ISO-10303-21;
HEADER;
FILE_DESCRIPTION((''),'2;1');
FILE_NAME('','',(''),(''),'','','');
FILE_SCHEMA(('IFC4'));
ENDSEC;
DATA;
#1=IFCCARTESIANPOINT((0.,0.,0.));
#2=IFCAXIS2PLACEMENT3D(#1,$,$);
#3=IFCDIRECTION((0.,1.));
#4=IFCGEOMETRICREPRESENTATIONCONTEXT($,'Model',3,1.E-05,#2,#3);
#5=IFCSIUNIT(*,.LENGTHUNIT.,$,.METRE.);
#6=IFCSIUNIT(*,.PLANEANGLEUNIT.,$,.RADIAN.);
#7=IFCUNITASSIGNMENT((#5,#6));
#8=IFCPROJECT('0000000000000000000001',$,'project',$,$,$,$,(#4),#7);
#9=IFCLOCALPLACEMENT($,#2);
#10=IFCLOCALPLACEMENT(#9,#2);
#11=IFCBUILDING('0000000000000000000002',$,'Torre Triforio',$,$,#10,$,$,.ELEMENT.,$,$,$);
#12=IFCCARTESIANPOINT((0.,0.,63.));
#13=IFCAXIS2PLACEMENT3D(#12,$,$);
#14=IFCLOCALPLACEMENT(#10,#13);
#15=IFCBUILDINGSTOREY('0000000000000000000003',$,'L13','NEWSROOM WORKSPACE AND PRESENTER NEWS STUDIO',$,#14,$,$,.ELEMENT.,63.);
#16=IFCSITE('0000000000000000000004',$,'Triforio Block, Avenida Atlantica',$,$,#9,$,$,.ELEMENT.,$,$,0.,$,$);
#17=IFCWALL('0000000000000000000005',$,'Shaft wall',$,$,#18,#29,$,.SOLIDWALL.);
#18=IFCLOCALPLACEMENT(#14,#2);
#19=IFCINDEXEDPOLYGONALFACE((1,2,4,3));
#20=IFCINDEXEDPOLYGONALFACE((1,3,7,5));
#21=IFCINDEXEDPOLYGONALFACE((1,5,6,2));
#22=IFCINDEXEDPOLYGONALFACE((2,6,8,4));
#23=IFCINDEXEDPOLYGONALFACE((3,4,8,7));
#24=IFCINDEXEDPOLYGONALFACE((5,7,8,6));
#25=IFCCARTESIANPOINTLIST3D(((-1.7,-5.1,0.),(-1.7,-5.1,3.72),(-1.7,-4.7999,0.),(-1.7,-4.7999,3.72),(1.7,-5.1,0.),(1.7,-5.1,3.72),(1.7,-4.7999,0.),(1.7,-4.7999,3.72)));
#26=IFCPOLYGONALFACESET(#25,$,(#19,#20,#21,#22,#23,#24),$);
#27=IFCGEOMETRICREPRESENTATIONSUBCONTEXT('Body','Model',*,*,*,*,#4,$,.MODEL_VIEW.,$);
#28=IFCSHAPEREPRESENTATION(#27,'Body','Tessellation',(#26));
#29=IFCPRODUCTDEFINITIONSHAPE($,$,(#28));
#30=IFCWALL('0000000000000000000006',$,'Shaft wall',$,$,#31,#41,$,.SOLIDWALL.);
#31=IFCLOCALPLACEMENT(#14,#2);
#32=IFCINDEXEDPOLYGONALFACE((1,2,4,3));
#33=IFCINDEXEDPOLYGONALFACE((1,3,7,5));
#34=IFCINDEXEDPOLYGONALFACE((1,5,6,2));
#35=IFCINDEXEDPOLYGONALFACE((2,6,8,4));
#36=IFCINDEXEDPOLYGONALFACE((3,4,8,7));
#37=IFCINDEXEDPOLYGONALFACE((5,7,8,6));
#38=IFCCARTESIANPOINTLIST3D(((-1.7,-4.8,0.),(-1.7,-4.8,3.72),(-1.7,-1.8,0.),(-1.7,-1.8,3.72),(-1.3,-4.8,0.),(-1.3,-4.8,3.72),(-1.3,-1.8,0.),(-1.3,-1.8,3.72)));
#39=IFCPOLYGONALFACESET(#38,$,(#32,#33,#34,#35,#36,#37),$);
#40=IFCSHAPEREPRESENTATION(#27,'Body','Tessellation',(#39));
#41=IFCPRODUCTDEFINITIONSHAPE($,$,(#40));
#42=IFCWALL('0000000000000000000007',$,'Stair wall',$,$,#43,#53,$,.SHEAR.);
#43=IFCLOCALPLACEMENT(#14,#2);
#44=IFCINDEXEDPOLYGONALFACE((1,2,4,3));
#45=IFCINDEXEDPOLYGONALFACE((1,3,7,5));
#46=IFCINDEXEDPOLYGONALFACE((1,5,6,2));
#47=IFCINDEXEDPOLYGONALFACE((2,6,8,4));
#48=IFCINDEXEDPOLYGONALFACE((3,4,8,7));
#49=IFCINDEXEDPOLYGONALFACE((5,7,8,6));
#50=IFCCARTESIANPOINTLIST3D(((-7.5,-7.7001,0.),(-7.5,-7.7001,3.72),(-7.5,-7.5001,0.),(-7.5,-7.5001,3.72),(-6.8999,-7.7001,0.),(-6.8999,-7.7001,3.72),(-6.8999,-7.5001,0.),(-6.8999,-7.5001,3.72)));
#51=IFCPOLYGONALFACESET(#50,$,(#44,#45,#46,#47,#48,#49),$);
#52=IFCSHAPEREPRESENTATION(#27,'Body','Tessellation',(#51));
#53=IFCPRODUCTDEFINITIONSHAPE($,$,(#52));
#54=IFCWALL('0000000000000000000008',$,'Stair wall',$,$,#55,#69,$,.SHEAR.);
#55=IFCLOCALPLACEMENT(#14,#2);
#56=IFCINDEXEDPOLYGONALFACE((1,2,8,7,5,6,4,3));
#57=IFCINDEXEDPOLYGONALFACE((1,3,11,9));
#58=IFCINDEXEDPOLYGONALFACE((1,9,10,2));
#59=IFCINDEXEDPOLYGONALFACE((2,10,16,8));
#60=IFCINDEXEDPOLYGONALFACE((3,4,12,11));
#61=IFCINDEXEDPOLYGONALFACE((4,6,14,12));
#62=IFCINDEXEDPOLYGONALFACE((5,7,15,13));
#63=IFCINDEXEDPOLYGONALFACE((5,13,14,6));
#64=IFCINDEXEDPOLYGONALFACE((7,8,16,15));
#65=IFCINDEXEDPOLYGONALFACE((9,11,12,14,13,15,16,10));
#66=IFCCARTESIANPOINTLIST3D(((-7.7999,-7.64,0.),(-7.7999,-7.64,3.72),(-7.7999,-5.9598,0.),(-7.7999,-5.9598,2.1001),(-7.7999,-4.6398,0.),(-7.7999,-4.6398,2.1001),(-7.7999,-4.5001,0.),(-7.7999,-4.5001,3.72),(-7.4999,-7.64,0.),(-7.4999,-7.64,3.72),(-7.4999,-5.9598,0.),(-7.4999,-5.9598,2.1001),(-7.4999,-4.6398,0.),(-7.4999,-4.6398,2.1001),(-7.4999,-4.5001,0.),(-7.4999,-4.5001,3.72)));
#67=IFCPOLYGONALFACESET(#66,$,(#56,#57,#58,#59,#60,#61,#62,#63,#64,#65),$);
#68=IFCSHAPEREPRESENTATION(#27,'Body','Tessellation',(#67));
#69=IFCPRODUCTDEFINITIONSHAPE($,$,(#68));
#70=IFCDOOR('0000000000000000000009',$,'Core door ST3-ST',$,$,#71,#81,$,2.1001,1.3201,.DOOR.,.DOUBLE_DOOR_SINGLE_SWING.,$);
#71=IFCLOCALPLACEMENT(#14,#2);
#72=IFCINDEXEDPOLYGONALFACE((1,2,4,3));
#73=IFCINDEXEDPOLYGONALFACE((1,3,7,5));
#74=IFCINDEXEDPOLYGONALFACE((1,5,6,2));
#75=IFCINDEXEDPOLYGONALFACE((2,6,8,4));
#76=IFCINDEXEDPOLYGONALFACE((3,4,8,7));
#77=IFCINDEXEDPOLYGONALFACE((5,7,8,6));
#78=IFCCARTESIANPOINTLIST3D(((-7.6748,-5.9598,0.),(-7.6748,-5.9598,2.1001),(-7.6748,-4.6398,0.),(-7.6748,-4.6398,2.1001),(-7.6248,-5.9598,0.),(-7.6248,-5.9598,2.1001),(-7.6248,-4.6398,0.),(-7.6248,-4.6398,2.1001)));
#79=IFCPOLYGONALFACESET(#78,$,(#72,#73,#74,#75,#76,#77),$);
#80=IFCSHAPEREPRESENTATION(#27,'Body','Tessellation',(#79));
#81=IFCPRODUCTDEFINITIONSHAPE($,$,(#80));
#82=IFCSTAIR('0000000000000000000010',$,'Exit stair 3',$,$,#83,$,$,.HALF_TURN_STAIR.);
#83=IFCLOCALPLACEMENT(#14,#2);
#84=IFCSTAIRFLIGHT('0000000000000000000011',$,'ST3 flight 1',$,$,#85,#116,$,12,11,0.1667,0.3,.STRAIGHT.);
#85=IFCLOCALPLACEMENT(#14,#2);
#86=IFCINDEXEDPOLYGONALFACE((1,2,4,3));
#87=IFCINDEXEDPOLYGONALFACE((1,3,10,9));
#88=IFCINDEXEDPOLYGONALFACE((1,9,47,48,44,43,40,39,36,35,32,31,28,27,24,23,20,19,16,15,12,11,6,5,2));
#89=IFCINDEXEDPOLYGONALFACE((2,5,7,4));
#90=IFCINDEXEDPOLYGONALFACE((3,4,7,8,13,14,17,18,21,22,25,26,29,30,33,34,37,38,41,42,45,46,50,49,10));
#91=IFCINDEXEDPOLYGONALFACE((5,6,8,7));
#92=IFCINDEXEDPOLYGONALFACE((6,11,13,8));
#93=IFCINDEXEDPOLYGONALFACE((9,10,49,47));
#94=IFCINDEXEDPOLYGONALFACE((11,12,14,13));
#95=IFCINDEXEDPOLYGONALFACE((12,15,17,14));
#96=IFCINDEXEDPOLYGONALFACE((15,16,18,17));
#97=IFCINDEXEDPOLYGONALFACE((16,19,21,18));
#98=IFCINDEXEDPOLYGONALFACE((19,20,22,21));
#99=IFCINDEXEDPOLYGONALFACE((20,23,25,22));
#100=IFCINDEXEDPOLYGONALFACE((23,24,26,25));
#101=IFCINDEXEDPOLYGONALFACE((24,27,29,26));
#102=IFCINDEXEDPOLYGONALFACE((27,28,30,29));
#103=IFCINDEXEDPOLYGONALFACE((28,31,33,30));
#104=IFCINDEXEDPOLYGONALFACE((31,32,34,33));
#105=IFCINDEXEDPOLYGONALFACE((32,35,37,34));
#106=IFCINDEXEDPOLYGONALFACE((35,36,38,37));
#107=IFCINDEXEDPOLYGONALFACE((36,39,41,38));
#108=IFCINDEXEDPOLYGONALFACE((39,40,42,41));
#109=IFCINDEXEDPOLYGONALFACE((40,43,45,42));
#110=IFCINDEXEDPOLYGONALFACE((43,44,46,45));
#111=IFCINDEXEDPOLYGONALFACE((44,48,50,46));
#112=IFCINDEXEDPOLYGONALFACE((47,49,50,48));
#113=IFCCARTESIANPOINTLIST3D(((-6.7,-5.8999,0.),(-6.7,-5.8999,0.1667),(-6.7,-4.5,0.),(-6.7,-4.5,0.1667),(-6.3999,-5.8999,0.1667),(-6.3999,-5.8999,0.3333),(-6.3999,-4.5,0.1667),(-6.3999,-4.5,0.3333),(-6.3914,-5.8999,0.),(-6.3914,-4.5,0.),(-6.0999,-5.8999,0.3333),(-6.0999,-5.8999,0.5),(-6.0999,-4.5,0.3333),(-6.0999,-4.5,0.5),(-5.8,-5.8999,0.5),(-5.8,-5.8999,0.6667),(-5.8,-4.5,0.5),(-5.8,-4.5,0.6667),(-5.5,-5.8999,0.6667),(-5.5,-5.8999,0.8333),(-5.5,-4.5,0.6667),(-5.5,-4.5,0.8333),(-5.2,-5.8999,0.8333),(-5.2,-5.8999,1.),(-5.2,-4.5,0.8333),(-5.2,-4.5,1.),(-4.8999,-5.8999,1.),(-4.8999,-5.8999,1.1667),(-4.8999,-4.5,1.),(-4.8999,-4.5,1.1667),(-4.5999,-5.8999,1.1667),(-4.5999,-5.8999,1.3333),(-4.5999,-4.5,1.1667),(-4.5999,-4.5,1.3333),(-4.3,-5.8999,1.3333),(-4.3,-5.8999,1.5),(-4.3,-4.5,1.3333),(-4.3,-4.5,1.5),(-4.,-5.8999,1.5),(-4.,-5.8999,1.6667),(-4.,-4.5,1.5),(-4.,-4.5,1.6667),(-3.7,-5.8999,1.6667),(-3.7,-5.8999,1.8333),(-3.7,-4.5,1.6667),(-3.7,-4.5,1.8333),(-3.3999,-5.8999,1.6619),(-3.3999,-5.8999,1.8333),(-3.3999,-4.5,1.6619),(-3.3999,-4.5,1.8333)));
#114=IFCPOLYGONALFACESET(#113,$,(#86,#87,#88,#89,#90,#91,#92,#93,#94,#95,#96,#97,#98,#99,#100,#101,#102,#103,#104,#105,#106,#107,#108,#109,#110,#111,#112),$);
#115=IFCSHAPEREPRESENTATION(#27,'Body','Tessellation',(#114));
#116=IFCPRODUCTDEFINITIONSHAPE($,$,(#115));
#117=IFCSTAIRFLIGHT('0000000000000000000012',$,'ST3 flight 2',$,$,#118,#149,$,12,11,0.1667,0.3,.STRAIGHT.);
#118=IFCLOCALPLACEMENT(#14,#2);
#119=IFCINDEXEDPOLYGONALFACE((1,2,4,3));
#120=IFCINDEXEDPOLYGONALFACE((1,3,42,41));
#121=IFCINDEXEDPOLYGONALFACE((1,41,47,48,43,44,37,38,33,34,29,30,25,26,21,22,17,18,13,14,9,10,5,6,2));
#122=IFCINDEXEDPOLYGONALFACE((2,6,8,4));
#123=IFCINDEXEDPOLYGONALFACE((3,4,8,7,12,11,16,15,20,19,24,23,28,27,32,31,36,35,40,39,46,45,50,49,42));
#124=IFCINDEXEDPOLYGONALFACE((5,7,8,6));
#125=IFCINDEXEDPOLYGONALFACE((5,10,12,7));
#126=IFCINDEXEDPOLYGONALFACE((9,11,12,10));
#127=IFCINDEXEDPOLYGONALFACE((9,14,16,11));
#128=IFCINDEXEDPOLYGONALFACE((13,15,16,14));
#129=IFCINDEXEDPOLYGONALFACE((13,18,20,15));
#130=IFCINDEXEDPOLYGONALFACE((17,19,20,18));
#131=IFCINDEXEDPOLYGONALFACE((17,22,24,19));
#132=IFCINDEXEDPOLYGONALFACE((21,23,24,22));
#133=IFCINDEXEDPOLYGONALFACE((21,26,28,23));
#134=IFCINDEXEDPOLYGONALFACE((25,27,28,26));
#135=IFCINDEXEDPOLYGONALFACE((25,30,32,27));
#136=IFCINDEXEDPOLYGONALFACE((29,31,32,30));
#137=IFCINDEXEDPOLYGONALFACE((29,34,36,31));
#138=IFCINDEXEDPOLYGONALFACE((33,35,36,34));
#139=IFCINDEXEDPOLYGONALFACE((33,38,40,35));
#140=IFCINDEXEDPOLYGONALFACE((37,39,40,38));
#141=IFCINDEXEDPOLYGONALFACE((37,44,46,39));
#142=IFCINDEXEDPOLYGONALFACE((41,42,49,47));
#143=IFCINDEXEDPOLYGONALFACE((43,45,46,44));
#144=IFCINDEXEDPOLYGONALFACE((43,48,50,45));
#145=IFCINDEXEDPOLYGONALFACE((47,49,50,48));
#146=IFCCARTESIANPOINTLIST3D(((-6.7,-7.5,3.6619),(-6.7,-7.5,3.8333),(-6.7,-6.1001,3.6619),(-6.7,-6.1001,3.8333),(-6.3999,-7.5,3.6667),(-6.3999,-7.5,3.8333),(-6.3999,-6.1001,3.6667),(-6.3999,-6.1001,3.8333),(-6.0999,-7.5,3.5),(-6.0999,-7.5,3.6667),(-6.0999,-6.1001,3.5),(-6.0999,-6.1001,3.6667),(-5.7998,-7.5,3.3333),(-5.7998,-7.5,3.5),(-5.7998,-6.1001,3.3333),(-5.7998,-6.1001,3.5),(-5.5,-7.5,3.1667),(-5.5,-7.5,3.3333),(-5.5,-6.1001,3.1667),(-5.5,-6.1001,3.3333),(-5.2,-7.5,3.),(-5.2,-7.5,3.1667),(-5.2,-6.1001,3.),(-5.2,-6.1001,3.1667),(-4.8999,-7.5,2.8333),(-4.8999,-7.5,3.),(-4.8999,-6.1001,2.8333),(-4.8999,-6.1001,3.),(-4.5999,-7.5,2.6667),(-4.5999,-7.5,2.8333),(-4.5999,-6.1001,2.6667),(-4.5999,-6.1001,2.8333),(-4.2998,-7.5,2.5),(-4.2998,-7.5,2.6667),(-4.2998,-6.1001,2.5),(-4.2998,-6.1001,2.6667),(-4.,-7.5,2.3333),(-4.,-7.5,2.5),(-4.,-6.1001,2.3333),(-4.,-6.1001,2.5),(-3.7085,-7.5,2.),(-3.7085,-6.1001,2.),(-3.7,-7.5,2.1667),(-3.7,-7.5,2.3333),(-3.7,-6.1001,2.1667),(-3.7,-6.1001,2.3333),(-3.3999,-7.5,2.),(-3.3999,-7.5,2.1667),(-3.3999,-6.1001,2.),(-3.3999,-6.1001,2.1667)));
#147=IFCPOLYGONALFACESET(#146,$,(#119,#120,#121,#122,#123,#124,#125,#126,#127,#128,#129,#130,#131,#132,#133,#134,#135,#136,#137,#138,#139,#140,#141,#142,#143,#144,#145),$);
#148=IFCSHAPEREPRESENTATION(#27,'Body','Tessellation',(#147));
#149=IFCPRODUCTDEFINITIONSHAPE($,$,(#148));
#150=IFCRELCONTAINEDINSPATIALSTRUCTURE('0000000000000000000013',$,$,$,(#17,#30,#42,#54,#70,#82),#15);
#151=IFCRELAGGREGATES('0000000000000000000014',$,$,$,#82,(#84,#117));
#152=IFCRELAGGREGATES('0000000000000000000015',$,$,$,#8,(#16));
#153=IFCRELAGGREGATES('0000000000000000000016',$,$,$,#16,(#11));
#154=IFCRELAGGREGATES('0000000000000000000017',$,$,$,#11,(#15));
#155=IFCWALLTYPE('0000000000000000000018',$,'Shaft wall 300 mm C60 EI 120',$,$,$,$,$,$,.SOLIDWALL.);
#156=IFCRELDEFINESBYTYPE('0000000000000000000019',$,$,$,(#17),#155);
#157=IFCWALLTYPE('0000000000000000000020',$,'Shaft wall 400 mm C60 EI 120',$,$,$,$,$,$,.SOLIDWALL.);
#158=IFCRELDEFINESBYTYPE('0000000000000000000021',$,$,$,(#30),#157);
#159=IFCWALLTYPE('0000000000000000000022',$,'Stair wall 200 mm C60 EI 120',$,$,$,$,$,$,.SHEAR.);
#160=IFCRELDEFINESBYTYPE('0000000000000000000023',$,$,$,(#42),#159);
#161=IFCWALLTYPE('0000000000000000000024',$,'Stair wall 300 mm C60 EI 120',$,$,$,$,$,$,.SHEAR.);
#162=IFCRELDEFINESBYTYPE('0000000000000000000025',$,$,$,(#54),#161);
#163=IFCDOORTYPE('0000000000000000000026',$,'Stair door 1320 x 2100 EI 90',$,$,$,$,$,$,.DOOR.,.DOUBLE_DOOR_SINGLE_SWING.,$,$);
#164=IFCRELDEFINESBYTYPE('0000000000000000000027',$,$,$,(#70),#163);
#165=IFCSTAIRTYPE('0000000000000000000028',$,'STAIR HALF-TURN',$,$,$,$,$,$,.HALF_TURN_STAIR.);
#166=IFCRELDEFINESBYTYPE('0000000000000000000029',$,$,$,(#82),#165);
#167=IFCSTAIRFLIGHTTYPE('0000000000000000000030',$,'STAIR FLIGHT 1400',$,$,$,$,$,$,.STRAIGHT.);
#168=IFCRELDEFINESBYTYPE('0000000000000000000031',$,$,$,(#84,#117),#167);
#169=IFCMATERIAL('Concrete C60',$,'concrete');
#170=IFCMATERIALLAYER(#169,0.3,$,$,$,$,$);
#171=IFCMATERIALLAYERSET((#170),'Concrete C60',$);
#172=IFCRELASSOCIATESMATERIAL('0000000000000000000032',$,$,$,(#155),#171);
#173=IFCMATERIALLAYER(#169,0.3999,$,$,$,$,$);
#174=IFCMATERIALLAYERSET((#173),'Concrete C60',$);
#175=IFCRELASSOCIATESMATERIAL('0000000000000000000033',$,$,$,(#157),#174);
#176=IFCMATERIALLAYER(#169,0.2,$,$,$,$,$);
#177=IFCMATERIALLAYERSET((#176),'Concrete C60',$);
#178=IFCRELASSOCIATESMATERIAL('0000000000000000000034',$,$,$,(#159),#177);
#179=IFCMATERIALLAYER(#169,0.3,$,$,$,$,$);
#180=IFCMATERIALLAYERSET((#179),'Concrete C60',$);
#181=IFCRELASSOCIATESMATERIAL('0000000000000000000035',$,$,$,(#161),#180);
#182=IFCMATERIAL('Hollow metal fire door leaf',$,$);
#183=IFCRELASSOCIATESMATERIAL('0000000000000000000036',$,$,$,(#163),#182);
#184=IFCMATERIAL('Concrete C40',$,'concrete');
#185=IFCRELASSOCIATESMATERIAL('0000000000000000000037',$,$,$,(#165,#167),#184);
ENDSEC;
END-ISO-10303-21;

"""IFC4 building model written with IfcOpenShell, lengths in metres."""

from ifc_helpers import new_model, si_unit, direction, frame, frame_2d, origin, place, context, subcontext, project, spatial, polyline, rectangle, outline, extrude, material, layer, layer_set, type_object, element, fill, aggregate, save


model = new_model("IFC4")

# Units and contexts
model_context = context("Model", 3, precision=1e-05, world=origin(), true_north=direction((0.0, 1.0)))
body_context = subcontext(model_context, "Body", "Model", "MODEL_VIEW")
ifc_project = project(units=[si_unit("LENGTHUNIT", "METRE"), si_unit("PLANEANGLEUNIT", "RADIAN")], contexts=[model_context])

# Site, building, storey
site_placement = place(None, origin())
site = spatial("IfcSite", under=ifc_project, at=site_placement, Name="Triforio Block, Avenida Atlantica", CompositionType="ELEMENT", RefElevation=0.0)
building_placement = place(site_placement, origin())
building = spatial("IfcBuilding", under=site, at=building_placement, Name="Torre Triforio", CompositionType="ELEMENT")
storey_placement = place(building_placement, frame((0.0, 0.0, 63.0)))
storey = spatial("IfcBuildingStorey", under=building, at=storey_placement, Name="L13", Description="NEWSROOM WORKSPACE AND PRESENTER NEWS STUDIO", CompositionType="ELEMENT", Elevation=63.0)

# Shared definitions
ifc_material_1 = material(Name="Hollow metal fire door leaf")

# Shared definitions
ifc_material_2 = material(Name="Concrete C60", Category="concrete")
ifc_layer_1 = layer(ifc_material_2, 0.3)
ifc_layer_set_1 = layer_set([ifc_layer_1], Name="Concrete C60")
wall_type_1 = type_object("IfcWallType", Name="Shaft wall 300 mm C60 EI 120", PredefinedType="SOLIDWALL", material=ifc_layer_set_1)

# Walls
wall_1_placement = place(storey_placement, frame((-1.7, -4.95, 0.0), z_axis=(0.0, 0.0, 1.0), x_axis=(1.0, 0.0, 0.0)))
element("IfcWall", 1, at=wall_1_placement, inside=storey, type_object=wall_type_1, Name="Shaft wall", PredefinedType="SOLIDWALL", context=body_context, shape_type="SweptSolid", body=[
    extrude(rectangle(XDim=3.3999, YDim=0.3, at=frame_2d((1.7, 0.0))), origin(), (0.0, 0.0, 1.0), 3.72),
])
ifc_layer_2 = layer(ifc_material_2, 0.3999)
ifc_layer_set_2 = layer_set([ifc_layer_2], Name="Concrete C60")
wall_type_2 = type_object("IfcWallType", Name="Shaft wall 400 mm C60 EI 120", PredefinedType="SOLIDWALL", material=ifc_layer_set_2)
wall_2_placement = place(storey_placement, frame((-1.5, -4.8, 0.0), z_axis=(0.0, 0.0, 1.0), x_axis=(0.0, 1.0, 0.0)))
element("IfcWall", 2, at=wall_2_placement, inside=storey, type_object=wall_type_2, Name="Shaft wall", PredefinedType="SOLIDWALL", context=body_context, shape_type="SweptSolid", body=[
    extrude(rectangle(XDim=3.0, YDim=0.3999, at=frame_2d((1.5, 0.0))), origin(), (0.0, 0.0, 1.0), 3.72),
])
ifc_layer_3 = layer(ifc_material_2, 0.2)
ifc_layer_set_3 = layer_set([ifc_layer_3], Name="Concrete C60")
wall_type_3 = type_object("IfcWallType", Name="Stair wall 200 mm C60 EI 120", PredefinedType="SHEAR", material=ifc_layer_set_3)
wall_3_placement = place(storey_placement, frame((-7.5, -7.6001, 0.0), z_axis=(0.0, 0.0, 1.0), x_axis=(1.0, 0.0, 0.0)))
element("IfcWall", 3, at=wall_3_placement, inside=storey, type_object=wall_type_3, Name="Stair wall", PredefinedType="SHEAR", context=body_context, shape_type="SweptSolid", body=[
    extrude(rectangle(XDim=0.6001, YDim=0.2, at=frame_2d((0.3, 0.0))), origin(), (0.0, 0.0, 1.0), 3.72),
])

# Wall, opening, door
ifc_layer_4 = layer(ifc_material_2, 0.3)
ifc_layer_set_4 = layer_set([ifc_layer_4], Name="Concrete C60")
wall_type_4 = type_object("IfcWallType", Name="Stair wall 300 mm C60 EI 120", PredefinedType="SHEAR", material=ifc_layer_set_4)
wall_4_placement = place(storey_placement, frame((-7.6499, -7.6399, 0.0), z_axis=(0.0, 0.0, 1.0), x_axis=(0.0, 1.0, 0.0)))
wall_4 = element("IfcWall", 4, at=wall_4_placement, inside=storey, type_object=wall_type_4, Name="Stair wall", PredefinedType="SHEAR", context=body_context, shape_type="SweptSolid", body=[
    extrude(rectangle(XDim=3.1399, YDim=0.3, at=frame_2d((1.5698, 0.0))), origin(), (0.0, 0.0, 1.0), 3.72),
])
opening_1_placement = place(wall_4_placement, frame((1.6799, 0.0, 0.0)))
opening_1 = element("IfcOpeningElement", 5, at=opening_1_placement, cuts=wall_4, PredefinedType="OPENING", context=body_context, shape_type="SweptSolid", body=[
    extrude(rectangle(XDim=1.3201, YDim=2.1001, at=frame_2d((0.6602, 1.05))), frame((0.0, 0.1599, 0.0), z_axis=(0.0, -1.0, 0.0), x_axis=(1.0, 0.0, 0.0)), (0.0, 0.0, 1.0), 0.3201),
])
door_type_1 = type_object("IfcDoorType", Name="Stair door 1320 x 2100 EI 90", OperationType="DOUBLE_DOOR_SINGLE_SWING", PredefinedType="DOOR", material=ifc_material_1)
door_1_placement = place(opening_1_placement, origin())
door_1 = element("IfcDoor", 6, at=door_1_placement, inside=storey, type_object=door_type_1, Name="Core door ST3-ST", OperationType="DOUBLE_DOOR_SINGLE_SWING", OverallHeight=2.1001, OverallWidth=1.3201, PredefinedType="DOOR", context=body_context, shape_type="SweptSolid", body=[
    extrude(rectangle(XDim=1.3201, YDim=2.1001, at=frame_2d((0.6602, 1.05))), frame((0.0, 0.0249, 0.0), z_axis=(0.0, -1.0, 0.0), x_axis=(1.0, 0.0, 0.0)), (0.0, 0.0, 1.0), 0.05),
])
fill(opening_1, door_1)

# Stair, stair flights
ifc_material_3 = material(Name="Concrete C40", Category="concrete")
stair_type = type_object("IfcStairType", Name="STAIR HALF-TURN", PredefinedType="HALF_TURN_STAIR", material=ifc_material_3)
stair_placement = place(storey_placement, origin())
stair = element("IfcStair", 7, at=stair_placement, inside=storey, type_object=stair_type, Name="Exit stair 3", PredefinedType="HALF_TURN_STAIR")
stair_flight_type = type_object("IfcStairFlightType", Name="STAIR FLIGHT 1400", PredefinedType="STRAIGHT", material=ifc_material_3)
stair_flight_1_placement = place(storey_placement, frame((-6.7, -5.2, 0.0), z_axis=(0.0, 0.0, 1.0), x_axis=(1.0, 0.0, 0.0)))
stair_flight_1 = element("IfcStairFlight", 8, at=stair_flight_1_placement, type_object=stair_flight_type, Name="ST3 flight 1", NumberOfRisers=12, NumberOfTreads=11, PredefinedType="STRAIGHT", RiserHeight=0.1667, TreadLength=0.3, context=body_context, shape_type="SweptSolid", body=[
    extrude(outline(polyline([(0.0, 0.0), (0.0, 0.1667), (0.3, 0.1667), (0.3, 0.3333), (0.6001, 0.3333), (0.6001, 0.5), (0.8999, 0.5), (0.8999, 0.6667), (1.2, 0.6667), (1.2, 0.8333), (1.5, 0.8333), (1.5, 1.0), (1.8, 1.0), (1.8, 1.1667), (2.1001, 1.1667), (2.1001, 1.3333), (2.3999, 1.3333), (2.3999, 1.5), (2.7, 1.5), (2.7, 1.6667), (3.0, 1.6667), (3.0, 1.8333), (3.3, 1.8333), (3.3, 2.0), (3.3, 1.6619), (0.3086, 0.0), (0.0, 0.0)])), frame((0.0, 0.7, 0.0), z_axis=(0.0, -1.0, 0.0), x_axis=(1.0, 0.0, 0.0)), (0.0, 0.0, 1.0), 1.3999),
])
stair_flight_2_placement = place(storey_placement, frame((-3.3999, -6.8, 2.0), z_axis=(0.0, 0.0, 1.0), x_axis=(-1.0, 0.0, 0.0)))
stair_flight_2 = element("IfcStairFlight", 9, at=stair_flight_2_placement, type_object=stair_flight_type, Name="ST3 flight 2", NumberOfRisers=12, NumberOfTreads=11, PredefinedType="STRAIGHT", RiserHeight=0.1667, TreadLength=0.3, context=body_context, shape_type="SweptSolid", body=[
    extrude(outline(polyline([(0.0, 0.0), (0.0, 0.1667), (0.3, 0.1667), (0.3, 0.3333), (0.6001, 0.3333), (0.6001, 0.5), (0.8999, 0.5), (0.8999, 0.6667), (1.2, 0.6667), (1.2, 0.8333), (1.5, 0.8333), (1.5, 1.0), (1.8, 1.0), (1.8, 1.1667), (2.1001, 1.1667), (2.1001, 1.3333), (2.3999, 1.3333), (2.3999, 1.5), (2.7, 1.5), (2.7, 1.6667), (3.0, 1.6667), (3.0, 1.8333), (3.3, 1.8333), (3.3, 2.0), (3.3, 1.6619), (0.3086, 0.0), (0.0, 0.0)])), frame((0.0, 0.7, 0.0), z_axis=(0.0, -1.0, 0.0), x_axis=(1.0, 0.0, 0.0)), (0.0, 0.0, 1.0), 1.3999),
])
aggregate(stair, [stair_flight_1, stair_flight_2])

save(model, "model.ifc")
